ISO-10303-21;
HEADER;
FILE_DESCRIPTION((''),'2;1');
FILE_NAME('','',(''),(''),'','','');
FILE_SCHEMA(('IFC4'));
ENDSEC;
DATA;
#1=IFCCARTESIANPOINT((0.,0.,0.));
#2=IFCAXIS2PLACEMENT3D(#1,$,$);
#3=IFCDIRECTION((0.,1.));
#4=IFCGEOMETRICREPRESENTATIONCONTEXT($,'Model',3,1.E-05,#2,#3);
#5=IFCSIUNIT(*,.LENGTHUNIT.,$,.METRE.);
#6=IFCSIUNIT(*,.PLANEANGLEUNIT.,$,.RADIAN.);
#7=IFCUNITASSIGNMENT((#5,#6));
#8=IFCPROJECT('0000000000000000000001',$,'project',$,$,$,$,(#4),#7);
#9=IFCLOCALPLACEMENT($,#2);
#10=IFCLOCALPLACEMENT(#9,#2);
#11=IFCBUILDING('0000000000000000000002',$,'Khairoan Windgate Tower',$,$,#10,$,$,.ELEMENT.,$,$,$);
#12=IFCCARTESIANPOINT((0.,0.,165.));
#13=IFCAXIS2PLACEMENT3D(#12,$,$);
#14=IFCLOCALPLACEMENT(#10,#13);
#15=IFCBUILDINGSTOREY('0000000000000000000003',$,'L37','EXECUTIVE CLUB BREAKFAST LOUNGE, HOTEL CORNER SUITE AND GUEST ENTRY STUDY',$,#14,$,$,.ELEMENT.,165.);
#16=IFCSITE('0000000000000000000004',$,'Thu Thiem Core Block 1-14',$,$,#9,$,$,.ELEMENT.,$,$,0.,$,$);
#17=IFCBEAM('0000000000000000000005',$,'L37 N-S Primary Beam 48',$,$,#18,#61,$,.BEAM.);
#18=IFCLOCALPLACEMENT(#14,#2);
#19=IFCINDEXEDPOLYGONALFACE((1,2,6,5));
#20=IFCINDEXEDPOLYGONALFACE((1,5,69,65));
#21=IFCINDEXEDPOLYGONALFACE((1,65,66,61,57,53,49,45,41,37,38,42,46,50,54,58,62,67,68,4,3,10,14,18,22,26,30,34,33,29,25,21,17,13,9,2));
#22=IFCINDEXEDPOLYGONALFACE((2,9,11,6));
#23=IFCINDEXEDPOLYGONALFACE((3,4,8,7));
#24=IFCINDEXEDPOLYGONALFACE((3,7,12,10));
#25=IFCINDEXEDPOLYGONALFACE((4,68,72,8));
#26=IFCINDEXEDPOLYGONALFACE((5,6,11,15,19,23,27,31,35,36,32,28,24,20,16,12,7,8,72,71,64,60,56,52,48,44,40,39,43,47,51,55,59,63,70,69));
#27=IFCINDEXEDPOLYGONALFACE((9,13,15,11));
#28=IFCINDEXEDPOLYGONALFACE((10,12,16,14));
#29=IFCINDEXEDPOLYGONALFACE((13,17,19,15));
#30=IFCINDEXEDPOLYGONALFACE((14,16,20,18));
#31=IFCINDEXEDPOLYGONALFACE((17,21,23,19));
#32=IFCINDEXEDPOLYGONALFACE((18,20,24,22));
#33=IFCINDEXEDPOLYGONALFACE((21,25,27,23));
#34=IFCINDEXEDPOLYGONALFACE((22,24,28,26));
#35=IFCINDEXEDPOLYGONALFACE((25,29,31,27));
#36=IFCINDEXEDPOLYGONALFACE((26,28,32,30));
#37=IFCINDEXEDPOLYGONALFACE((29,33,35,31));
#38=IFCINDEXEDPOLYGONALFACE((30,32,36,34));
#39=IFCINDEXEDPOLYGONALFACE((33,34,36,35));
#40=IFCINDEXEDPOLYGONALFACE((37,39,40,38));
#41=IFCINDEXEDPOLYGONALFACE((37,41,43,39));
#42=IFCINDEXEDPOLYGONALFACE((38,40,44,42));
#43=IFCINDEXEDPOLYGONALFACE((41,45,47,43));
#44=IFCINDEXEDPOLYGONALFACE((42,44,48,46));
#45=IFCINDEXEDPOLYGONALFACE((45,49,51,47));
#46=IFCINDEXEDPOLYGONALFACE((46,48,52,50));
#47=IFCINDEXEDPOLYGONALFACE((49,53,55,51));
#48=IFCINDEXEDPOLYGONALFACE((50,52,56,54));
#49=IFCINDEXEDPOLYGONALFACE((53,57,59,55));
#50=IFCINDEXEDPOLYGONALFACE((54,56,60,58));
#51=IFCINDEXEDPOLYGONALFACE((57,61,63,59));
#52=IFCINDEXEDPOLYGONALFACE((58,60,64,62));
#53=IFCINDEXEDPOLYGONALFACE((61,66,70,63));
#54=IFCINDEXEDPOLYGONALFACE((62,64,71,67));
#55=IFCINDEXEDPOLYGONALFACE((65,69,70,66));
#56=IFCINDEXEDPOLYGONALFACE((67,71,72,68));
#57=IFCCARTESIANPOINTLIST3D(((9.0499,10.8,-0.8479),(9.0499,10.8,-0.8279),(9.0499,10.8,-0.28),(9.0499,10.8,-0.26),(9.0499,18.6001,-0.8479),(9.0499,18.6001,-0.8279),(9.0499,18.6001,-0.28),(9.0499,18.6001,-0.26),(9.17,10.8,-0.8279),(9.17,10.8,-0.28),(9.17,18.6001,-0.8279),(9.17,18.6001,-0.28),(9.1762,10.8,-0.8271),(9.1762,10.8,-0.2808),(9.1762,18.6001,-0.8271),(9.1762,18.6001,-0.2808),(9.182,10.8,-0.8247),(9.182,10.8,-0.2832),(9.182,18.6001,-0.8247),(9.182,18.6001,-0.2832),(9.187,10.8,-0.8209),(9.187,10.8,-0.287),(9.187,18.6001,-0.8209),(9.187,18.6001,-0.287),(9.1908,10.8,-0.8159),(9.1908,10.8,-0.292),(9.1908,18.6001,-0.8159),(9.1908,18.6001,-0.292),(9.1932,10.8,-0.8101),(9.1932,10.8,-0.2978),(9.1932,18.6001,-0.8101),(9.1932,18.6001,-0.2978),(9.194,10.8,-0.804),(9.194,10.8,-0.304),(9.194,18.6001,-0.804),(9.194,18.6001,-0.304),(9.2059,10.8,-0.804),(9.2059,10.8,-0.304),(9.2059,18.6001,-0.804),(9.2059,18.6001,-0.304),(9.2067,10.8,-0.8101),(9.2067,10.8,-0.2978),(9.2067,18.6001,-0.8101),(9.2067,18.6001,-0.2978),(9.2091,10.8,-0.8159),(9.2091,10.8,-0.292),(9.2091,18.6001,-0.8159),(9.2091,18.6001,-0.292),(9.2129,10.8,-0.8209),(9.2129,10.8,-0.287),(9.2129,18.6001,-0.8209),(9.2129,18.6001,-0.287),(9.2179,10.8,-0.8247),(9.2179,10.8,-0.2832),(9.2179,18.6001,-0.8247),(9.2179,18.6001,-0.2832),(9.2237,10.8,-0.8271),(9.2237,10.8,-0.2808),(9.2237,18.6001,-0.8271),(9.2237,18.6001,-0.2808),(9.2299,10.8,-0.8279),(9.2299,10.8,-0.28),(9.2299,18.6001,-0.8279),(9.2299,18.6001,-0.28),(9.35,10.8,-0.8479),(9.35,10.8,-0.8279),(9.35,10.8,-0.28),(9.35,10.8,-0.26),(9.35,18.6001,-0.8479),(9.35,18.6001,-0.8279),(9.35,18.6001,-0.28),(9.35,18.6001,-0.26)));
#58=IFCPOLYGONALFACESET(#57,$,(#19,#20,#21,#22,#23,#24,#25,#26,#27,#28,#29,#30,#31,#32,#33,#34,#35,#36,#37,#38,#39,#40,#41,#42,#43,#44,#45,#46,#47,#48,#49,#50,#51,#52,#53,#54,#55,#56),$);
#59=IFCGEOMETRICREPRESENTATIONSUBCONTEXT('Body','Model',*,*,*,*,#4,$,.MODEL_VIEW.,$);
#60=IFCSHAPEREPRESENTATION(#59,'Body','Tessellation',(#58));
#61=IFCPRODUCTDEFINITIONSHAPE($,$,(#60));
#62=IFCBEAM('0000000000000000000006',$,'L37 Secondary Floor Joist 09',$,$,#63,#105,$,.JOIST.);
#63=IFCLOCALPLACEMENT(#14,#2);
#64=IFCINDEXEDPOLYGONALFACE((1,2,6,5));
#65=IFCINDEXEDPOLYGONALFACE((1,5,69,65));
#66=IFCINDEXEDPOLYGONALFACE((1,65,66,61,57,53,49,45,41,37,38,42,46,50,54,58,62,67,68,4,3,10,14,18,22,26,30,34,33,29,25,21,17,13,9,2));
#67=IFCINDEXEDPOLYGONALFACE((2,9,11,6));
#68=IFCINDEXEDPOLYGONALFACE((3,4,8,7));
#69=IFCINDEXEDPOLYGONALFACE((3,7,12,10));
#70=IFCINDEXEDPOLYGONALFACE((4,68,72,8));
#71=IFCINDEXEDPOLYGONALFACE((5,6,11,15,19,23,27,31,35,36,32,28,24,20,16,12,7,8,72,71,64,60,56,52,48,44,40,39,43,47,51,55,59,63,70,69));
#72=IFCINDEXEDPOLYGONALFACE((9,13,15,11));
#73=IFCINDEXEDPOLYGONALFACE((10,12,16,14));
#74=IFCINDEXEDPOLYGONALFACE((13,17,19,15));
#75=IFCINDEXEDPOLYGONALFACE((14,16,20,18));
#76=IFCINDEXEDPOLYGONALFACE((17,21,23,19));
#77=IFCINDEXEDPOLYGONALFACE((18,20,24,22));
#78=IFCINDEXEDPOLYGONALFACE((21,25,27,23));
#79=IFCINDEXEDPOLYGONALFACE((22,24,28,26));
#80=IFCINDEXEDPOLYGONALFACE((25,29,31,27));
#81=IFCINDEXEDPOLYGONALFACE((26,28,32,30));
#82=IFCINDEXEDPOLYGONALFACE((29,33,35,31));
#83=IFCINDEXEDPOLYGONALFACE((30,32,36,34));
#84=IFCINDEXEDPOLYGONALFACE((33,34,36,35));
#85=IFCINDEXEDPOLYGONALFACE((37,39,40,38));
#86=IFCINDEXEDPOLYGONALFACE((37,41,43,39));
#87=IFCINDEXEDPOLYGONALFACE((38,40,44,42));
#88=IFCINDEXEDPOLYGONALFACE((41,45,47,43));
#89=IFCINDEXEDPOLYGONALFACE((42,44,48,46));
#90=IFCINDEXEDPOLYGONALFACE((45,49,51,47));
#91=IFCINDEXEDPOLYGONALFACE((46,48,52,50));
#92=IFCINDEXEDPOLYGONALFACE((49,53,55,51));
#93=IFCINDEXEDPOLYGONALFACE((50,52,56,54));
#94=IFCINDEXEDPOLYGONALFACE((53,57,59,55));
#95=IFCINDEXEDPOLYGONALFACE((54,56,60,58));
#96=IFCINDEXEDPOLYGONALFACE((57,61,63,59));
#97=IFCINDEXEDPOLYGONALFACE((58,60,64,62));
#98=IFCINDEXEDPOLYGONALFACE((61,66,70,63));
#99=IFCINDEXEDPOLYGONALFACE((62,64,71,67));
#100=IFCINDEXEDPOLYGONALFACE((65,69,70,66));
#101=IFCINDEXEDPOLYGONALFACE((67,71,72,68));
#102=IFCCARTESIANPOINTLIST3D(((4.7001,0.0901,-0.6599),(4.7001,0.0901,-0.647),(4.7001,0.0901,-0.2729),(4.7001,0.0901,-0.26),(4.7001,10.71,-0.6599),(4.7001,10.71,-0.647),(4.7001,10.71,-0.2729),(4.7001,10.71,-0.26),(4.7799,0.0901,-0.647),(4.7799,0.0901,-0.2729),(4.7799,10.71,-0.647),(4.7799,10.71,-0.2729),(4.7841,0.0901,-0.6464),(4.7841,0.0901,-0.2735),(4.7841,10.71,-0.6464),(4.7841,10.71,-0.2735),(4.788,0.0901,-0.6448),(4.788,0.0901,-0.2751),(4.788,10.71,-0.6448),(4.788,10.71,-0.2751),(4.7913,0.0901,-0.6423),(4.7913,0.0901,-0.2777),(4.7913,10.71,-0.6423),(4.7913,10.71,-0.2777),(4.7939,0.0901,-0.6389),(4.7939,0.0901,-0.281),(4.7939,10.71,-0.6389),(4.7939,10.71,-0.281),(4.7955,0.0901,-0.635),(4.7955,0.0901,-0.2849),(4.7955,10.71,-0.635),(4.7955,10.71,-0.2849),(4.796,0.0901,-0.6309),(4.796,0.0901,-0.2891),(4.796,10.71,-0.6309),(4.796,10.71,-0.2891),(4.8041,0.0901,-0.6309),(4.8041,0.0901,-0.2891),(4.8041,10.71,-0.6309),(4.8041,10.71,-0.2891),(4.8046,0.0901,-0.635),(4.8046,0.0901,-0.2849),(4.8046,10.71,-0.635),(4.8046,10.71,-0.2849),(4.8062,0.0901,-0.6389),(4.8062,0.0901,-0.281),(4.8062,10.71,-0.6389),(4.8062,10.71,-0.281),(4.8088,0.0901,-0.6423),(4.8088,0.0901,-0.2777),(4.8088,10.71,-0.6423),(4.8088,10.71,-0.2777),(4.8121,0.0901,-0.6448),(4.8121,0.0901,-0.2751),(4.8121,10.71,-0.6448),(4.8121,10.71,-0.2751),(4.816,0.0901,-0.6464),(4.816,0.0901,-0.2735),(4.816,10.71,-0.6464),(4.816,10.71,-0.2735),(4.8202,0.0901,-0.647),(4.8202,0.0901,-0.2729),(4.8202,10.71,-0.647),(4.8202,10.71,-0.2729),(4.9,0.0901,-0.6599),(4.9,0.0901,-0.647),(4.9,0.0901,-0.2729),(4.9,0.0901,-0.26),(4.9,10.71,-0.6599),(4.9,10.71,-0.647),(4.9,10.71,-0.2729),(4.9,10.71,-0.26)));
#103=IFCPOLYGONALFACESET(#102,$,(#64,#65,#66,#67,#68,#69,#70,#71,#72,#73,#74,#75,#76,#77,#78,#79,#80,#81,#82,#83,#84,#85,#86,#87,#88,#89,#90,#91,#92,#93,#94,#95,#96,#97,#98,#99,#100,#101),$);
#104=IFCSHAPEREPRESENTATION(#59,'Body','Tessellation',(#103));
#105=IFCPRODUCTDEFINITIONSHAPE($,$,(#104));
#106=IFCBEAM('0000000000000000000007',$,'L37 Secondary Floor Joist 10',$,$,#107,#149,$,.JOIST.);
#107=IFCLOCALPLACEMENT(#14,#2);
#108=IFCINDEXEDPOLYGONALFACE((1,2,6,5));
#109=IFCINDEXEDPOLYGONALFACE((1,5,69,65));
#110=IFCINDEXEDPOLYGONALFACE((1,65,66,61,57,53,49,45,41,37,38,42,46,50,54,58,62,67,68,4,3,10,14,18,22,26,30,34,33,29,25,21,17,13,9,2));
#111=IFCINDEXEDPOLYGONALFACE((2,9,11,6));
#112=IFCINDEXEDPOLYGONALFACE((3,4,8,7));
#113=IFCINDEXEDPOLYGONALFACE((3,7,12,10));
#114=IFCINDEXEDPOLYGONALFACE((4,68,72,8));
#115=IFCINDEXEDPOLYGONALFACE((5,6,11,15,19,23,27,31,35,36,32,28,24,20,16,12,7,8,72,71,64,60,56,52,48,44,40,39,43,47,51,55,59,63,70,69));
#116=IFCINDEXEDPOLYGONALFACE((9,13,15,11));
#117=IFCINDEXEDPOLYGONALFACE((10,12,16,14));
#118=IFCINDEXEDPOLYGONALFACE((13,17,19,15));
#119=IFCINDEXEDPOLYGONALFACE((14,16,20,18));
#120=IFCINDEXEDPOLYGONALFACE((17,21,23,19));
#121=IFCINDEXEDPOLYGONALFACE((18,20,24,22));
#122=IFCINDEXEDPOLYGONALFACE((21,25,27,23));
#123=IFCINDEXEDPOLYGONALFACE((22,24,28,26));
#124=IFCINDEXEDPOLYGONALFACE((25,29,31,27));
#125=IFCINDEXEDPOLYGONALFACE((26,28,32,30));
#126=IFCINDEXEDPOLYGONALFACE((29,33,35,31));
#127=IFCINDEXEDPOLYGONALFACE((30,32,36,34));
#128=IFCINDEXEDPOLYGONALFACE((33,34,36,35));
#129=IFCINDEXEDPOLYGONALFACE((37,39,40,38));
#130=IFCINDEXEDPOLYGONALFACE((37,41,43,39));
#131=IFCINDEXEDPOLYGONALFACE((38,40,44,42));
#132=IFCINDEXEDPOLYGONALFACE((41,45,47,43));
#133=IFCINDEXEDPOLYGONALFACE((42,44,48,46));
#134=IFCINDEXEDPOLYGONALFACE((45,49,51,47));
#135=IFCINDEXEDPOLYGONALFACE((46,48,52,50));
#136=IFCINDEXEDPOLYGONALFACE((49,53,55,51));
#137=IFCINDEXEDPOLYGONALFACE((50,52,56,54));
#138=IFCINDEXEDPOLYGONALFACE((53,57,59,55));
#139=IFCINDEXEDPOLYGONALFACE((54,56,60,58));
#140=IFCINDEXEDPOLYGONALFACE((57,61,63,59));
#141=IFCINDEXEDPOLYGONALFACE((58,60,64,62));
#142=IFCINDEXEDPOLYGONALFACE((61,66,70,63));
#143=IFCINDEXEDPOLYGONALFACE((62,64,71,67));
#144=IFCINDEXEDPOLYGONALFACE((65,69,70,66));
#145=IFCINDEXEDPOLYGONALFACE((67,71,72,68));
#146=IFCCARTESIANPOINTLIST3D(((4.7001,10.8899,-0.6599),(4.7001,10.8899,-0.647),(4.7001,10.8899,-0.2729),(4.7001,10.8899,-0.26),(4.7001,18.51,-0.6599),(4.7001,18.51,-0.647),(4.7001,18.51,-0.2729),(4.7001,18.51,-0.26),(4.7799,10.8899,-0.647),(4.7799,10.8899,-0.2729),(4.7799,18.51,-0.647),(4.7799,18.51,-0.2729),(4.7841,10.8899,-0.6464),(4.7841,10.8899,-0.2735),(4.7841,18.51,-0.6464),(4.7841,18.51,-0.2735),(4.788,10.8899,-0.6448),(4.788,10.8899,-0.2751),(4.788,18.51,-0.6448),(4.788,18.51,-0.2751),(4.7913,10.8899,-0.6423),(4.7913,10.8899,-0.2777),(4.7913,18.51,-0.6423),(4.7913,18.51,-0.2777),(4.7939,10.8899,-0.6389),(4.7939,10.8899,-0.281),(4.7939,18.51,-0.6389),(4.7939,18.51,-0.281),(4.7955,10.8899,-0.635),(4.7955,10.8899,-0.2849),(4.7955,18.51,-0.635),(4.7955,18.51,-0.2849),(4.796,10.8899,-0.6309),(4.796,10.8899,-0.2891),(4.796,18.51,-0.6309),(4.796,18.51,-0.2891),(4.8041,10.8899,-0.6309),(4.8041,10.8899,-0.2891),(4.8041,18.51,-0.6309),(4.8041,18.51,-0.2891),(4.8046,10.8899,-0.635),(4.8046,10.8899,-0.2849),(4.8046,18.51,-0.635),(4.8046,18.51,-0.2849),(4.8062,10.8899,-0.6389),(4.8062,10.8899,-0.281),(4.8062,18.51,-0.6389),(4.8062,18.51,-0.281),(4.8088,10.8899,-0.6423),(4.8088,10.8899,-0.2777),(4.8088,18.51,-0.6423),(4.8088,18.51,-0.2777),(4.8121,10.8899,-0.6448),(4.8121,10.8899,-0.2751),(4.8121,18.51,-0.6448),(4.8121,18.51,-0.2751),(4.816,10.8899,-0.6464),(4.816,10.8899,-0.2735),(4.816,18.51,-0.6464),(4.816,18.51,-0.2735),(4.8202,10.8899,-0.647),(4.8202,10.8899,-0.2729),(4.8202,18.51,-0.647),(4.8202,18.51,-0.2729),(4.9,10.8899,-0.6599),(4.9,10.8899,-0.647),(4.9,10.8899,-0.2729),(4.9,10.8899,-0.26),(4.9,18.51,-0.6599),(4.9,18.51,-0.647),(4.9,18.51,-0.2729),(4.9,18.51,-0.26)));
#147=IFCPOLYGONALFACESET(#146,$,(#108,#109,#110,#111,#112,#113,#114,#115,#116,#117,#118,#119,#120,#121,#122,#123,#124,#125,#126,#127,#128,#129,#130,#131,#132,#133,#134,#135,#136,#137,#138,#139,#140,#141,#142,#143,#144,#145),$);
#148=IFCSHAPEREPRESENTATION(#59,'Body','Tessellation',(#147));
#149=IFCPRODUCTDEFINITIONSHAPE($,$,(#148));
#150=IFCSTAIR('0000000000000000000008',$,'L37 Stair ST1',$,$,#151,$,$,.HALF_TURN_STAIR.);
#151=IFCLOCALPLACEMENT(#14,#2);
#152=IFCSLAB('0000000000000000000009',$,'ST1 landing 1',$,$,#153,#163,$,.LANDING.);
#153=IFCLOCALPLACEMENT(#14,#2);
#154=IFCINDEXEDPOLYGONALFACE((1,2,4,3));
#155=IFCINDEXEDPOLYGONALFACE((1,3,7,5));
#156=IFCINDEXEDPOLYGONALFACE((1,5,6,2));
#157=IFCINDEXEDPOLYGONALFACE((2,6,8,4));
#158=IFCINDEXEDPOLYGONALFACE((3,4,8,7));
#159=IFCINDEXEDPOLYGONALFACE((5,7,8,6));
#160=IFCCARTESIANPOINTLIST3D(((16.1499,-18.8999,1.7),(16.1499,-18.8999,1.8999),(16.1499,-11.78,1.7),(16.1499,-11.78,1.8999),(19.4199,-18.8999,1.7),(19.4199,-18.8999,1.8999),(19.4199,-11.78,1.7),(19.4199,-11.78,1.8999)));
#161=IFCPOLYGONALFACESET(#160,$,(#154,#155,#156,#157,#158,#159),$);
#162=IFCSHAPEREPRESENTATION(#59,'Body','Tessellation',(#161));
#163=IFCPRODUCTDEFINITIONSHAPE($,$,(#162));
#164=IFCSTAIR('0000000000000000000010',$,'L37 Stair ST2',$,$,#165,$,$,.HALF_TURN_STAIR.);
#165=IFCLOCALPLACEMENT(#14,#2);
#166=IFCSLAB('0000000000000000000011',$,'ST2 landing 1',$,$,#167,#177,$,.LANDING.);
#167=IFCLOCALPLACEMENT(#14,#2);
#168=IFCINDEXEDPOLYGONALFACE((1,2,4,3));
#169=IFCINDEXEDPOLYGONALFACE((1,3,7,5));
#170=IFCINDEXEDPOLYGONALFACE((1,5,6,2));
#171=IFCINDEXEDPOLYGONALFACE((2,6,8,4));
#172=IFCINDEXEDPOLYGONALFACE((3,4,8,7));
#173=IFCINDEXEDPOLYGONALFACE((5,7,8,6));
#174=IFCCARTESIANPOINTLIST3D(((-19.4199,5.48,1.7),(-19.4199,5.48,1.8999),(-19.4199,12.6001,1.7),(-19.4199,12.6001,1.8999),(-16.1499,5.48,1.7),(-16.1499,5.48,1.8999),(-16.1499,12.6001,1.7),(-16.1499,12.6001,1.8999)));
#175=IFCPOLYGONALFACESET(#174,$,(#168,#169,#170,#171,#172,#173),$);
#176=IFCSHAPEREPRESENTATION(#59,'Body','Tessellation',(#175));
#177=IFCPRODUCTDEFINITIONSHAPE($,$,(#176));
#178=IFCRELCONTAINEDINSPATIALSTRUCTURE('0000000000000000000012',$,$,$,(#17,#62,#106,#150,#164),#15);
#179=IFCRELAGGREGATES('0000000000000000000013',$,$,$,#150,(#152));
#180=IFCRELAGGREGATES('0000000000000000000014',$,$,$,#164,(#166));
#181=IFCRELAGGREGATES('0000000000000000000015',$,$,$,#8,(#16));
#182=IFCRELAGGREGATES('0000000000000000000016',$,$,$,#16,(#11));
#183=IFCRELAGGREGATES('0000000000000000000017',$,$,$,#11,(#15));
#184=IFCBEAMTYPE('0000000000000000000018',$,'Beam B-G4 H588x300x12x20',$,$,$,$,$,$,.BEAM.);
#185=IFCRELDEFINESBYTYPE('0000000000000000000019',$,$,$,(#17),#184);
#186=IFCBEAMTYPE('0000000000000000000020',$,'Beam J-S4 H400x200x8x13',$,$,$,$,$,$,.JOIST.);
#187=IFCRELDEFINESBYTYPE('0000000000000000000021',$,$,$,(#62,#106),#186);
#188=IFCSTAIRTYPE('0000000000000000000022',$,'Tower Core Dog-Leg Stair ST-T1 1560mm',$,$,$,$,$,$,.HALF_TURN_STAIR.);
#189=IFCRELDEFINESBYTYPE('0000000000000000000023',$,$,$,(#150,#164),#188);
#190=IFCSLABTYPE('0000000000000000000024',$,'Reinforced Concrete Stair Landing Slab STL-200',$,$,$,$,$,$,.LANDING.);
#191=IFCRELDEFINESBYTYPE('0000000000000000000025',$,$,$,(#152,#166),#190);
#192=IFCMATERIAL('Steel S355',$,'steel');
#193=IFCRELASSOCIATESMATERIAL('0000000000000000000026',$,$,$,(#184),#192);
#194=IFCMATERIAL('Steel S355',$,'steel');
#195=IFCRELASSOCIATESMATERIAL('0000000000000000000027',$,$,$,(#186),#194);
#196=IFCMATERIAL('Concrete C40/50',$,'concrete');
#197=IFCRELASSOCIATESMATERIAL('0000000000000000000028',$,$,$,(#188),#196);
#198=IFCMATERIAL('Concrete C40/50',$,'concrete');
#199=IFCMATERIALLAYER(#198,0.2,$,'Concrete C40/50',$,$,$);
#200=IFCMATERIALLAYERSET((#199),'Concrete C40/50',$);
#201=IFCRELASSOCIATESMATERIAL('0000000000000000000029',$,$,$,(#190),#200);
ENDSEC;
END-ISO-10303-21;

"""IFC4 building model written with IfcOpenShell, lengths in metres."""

from ifc_helpers import new_model, si_unit, direction, frame, origin, origin_2d, place, context, subcontext, project, spatial, polyline, i_section, outline, extrude, material, layer, layer_set, material_profile, profile_set, type_object, element, aggregate, save


model = new_model("IFC4")

# Units and contexts
model_context = context("Model", 3, precision=1e-05, world=origin(), true_north=direction((0.0, 1.0)))
body_context = subcontext(model_context, "Body", "Model", "MODEL_VIEW")
ifc_project = project(units=[si_unit("LENGTHUNIT", "METRE"), si_unit("PLANEANGLEUNIT", "RADIAN")], contexts=[model_context])

# Site, building, storey
site_placement = place(None, origin())
site = spatial("IfcSite", under=ifc_project, at=site_placement, Name="Thu Thiem Core Block 1-14", CompositionType="ELEMENT", RefElevation=0.0)
building_placement = place(site_placement, origin())
building = spatial("IfcBuilding", under=site, at=building_placement, Name="Khairoan Windgate Tower", CompositionType="ELEMENT")
storey_placement = place(building_placement, frame((0.0, 0.0, 165.0)))
storey = spatial("IfcBuildingStorey", under=building, at=storey_placement, Name="L37", Description="EXECUTIVE CLUB BREAKFAST LOUNGE, HOTEL CORNER SUITE AND GUEST ENTRY STUDY", CompositionType="ELEMENT", Elevation=165.0)

# Beams
ifc_material_1 = material(Name="Steel S355", Category="steel")
ifc_material_profile_1 = material_profile(ifc_material_1, i_section(OverallWidth=0.3, OverallDepth=0.5879, WebThickness=0.012, FlangeThickness=0.02, FilletRadius=0.0239, at=origin_2d()))
ifc_profile_set_1 = profile_set([ifc_material_profile_1], Name="Steel S355")
beam_type_1 = type_object("IfcBeamType", Name="Beam B-G4 H588x300x12x20", PredefinedType="BEAM", material=ifc_profile_set_1)
beam_1_placement = place(storey_placement, frame((9.2, 10.8, -0.554), z_axis=(0.0, 1.0, 0.0), x_axis=(-1.0, 0.0, 0.0)))
element("IfcBeam", 1, at=beam_1_placement, inside=storey, type_object=beam_type_1, Name="L37 N-S Primary Beam 48", PredefinedType="BEAM", context=body_context, shape_type="SweptSolid", body=[
    extrude(i_section(OverallWidth=0.3, OverallDepth=0.5879, WebThickness=0.012, FlangeThickness=0.02, FilletRadius=0.0239, at=origin_2d()), origin(), (0.0, 0.0, 1.0), 7.8),
])
ifc_material_2 = material(Name="Steel S355", Category="steel")
ifc_material_profile_2 = material_profile(ifc_material_2, i_section(OverallWidth=0.2, OverallDepth=0.3999, WebThickness=0.0081, FlangeThickness=0.0129, FilletRadius=0.0161, at=origin_2d()))
ifc_profile_set_2 = profile_set([ifc_material_profile_2], Name="Steel S355")
beam_type_2 = type_object("IfcBeamType", Name="Beam J-S4 H400x200x8x13", PredefinedType="JOIST", material=ifc_profile_set_2)
beam_2_placement = place(storey_placement, frame((4.8, 0.0901, -0.46), z_axis=(0.0, 1.0, 0.0), x_axis=(-1.0, 0.0, 0.0)))
element("IfcBeam", 2, at=beam_2_placement, inside=storey, type_object=beam_type_2, Name="L37 Secondary Floor Joist 09", PredefinedType="JOIST", context=body_context, shape_type="SweptSolid", body=[
    extrude(i_section(OverallWidth=0.2, OverallDepth=0.3999, WebThickness=0.0081, FlangeThickness=0.0129, FilletRadius=0.0161, at=origin_2d()), origin(), (0.0, 0.0, 1.0), 10.6199),
])
beam_3_placement = place(storey_placement, frame((4.8, 10.8899, -0.46), z_axis=(0.0, 1.0, 0.0), x_axis=(-1.0, 0.0, 0.0)))
element("IfcBeam", 3, at=beam_3_placement, inside=storey, type_object=beam_type_2, Name="L37 Secondary Floor Joist 10", PredefinedType="JOIST", context=body_context, shape_type="SweptSolid", body=[
    extrude(i_section(OverallWidth=0.2, OverallDepth=0.3999, WebThickness=0.0081, FlangeThickness=0.0129, FilletRadius=0.0161, at=origin_2d()), origin(), (0.0, 0.0, 1.0), 7.6201),
])

# Stairs, slabs
ifc_material_3 = material(Name="Concrete C40/50", Category="concrete")
stair_type = type_object("IfcStairType", Name="Tower Core Dog-Leg Stair ST-T1 1560mm", PredefinedType="HALF_TURN_STAIR", material=ifc_material_3)
stair_1_placement = place(storey_placement, origin())
stair_1 = element("IfcStair", 4, at=stair_1_placement, inside=storey, type_object=stair_type, Name="L37 Stair ST1", PredefinedType="HALF_TURN_STAIR")
ifc_material_4 = material(Name="Concrete C40/50", Category="concrete")
ifc_layer_1 = layer(ifc_material_4, 0.2, Name="Concrete C40/50")
ifc_layer_set_1 = layer_set([ifc_layer_1], Name="Concrete C40/50")
slab_type_1 = type_object("IfcSlabType", Name="Reinforced Concrete Stair Landing Slab STL-200", PredefinedType="LANDING", material=ifc_layer_set_1)
slab_1_placement = place(storey_placement, frame((0.0, 0.0, 1.7)))
slab_1 = element("IfcSlab", 5, at=slab_1_placement, type_object=slab_type_1, Name="ST1 landing 1", PredefinedType="LANDING", context=body_context, shape_type="SweptSolid", body=[
    extrude(outline(polyline([(16.1499, -11.78), (16.1499, -18.8999), (19.4199, -18.8999), (19.4199, -11.78), (16.1499, -11.78)])), origin(), (0.0, 0.0, 1.0), 0.2),
])
aggregate(stair_1, [slab_1])
stair_2_placement = place(storey_placement, origin())
stair_2 = element("IfcStair", 6, at=stair_2_placement, inside=storey, type_object=stair_type, Name="L37 Stair ST2", PredefinedType="HALF_TURN_STAIR")
slab_2_placement = place(storey_placement, frame((0.0, 0.0, 1.7)))
slab_2 = element("IfcSlab", 7, at=slab_2_placement, type_object=slab_type_1, Name="ST2 landing 1", PredefinedType="LANDING", context=body_context, shape_type="SweptSolid", body=[
    extrude(outline(polyline([(-16.1499, 5.48), (-16.1499, 12.6001), (-19.4199, 12.6001), (-19.4199, 5.48), (-16.1499, 5.48)])), origin(), (0.0, 0.0, 1.0), 0.2),
])
aggregate(stair_2, [slab_2])

save(model, "model.ifc")
